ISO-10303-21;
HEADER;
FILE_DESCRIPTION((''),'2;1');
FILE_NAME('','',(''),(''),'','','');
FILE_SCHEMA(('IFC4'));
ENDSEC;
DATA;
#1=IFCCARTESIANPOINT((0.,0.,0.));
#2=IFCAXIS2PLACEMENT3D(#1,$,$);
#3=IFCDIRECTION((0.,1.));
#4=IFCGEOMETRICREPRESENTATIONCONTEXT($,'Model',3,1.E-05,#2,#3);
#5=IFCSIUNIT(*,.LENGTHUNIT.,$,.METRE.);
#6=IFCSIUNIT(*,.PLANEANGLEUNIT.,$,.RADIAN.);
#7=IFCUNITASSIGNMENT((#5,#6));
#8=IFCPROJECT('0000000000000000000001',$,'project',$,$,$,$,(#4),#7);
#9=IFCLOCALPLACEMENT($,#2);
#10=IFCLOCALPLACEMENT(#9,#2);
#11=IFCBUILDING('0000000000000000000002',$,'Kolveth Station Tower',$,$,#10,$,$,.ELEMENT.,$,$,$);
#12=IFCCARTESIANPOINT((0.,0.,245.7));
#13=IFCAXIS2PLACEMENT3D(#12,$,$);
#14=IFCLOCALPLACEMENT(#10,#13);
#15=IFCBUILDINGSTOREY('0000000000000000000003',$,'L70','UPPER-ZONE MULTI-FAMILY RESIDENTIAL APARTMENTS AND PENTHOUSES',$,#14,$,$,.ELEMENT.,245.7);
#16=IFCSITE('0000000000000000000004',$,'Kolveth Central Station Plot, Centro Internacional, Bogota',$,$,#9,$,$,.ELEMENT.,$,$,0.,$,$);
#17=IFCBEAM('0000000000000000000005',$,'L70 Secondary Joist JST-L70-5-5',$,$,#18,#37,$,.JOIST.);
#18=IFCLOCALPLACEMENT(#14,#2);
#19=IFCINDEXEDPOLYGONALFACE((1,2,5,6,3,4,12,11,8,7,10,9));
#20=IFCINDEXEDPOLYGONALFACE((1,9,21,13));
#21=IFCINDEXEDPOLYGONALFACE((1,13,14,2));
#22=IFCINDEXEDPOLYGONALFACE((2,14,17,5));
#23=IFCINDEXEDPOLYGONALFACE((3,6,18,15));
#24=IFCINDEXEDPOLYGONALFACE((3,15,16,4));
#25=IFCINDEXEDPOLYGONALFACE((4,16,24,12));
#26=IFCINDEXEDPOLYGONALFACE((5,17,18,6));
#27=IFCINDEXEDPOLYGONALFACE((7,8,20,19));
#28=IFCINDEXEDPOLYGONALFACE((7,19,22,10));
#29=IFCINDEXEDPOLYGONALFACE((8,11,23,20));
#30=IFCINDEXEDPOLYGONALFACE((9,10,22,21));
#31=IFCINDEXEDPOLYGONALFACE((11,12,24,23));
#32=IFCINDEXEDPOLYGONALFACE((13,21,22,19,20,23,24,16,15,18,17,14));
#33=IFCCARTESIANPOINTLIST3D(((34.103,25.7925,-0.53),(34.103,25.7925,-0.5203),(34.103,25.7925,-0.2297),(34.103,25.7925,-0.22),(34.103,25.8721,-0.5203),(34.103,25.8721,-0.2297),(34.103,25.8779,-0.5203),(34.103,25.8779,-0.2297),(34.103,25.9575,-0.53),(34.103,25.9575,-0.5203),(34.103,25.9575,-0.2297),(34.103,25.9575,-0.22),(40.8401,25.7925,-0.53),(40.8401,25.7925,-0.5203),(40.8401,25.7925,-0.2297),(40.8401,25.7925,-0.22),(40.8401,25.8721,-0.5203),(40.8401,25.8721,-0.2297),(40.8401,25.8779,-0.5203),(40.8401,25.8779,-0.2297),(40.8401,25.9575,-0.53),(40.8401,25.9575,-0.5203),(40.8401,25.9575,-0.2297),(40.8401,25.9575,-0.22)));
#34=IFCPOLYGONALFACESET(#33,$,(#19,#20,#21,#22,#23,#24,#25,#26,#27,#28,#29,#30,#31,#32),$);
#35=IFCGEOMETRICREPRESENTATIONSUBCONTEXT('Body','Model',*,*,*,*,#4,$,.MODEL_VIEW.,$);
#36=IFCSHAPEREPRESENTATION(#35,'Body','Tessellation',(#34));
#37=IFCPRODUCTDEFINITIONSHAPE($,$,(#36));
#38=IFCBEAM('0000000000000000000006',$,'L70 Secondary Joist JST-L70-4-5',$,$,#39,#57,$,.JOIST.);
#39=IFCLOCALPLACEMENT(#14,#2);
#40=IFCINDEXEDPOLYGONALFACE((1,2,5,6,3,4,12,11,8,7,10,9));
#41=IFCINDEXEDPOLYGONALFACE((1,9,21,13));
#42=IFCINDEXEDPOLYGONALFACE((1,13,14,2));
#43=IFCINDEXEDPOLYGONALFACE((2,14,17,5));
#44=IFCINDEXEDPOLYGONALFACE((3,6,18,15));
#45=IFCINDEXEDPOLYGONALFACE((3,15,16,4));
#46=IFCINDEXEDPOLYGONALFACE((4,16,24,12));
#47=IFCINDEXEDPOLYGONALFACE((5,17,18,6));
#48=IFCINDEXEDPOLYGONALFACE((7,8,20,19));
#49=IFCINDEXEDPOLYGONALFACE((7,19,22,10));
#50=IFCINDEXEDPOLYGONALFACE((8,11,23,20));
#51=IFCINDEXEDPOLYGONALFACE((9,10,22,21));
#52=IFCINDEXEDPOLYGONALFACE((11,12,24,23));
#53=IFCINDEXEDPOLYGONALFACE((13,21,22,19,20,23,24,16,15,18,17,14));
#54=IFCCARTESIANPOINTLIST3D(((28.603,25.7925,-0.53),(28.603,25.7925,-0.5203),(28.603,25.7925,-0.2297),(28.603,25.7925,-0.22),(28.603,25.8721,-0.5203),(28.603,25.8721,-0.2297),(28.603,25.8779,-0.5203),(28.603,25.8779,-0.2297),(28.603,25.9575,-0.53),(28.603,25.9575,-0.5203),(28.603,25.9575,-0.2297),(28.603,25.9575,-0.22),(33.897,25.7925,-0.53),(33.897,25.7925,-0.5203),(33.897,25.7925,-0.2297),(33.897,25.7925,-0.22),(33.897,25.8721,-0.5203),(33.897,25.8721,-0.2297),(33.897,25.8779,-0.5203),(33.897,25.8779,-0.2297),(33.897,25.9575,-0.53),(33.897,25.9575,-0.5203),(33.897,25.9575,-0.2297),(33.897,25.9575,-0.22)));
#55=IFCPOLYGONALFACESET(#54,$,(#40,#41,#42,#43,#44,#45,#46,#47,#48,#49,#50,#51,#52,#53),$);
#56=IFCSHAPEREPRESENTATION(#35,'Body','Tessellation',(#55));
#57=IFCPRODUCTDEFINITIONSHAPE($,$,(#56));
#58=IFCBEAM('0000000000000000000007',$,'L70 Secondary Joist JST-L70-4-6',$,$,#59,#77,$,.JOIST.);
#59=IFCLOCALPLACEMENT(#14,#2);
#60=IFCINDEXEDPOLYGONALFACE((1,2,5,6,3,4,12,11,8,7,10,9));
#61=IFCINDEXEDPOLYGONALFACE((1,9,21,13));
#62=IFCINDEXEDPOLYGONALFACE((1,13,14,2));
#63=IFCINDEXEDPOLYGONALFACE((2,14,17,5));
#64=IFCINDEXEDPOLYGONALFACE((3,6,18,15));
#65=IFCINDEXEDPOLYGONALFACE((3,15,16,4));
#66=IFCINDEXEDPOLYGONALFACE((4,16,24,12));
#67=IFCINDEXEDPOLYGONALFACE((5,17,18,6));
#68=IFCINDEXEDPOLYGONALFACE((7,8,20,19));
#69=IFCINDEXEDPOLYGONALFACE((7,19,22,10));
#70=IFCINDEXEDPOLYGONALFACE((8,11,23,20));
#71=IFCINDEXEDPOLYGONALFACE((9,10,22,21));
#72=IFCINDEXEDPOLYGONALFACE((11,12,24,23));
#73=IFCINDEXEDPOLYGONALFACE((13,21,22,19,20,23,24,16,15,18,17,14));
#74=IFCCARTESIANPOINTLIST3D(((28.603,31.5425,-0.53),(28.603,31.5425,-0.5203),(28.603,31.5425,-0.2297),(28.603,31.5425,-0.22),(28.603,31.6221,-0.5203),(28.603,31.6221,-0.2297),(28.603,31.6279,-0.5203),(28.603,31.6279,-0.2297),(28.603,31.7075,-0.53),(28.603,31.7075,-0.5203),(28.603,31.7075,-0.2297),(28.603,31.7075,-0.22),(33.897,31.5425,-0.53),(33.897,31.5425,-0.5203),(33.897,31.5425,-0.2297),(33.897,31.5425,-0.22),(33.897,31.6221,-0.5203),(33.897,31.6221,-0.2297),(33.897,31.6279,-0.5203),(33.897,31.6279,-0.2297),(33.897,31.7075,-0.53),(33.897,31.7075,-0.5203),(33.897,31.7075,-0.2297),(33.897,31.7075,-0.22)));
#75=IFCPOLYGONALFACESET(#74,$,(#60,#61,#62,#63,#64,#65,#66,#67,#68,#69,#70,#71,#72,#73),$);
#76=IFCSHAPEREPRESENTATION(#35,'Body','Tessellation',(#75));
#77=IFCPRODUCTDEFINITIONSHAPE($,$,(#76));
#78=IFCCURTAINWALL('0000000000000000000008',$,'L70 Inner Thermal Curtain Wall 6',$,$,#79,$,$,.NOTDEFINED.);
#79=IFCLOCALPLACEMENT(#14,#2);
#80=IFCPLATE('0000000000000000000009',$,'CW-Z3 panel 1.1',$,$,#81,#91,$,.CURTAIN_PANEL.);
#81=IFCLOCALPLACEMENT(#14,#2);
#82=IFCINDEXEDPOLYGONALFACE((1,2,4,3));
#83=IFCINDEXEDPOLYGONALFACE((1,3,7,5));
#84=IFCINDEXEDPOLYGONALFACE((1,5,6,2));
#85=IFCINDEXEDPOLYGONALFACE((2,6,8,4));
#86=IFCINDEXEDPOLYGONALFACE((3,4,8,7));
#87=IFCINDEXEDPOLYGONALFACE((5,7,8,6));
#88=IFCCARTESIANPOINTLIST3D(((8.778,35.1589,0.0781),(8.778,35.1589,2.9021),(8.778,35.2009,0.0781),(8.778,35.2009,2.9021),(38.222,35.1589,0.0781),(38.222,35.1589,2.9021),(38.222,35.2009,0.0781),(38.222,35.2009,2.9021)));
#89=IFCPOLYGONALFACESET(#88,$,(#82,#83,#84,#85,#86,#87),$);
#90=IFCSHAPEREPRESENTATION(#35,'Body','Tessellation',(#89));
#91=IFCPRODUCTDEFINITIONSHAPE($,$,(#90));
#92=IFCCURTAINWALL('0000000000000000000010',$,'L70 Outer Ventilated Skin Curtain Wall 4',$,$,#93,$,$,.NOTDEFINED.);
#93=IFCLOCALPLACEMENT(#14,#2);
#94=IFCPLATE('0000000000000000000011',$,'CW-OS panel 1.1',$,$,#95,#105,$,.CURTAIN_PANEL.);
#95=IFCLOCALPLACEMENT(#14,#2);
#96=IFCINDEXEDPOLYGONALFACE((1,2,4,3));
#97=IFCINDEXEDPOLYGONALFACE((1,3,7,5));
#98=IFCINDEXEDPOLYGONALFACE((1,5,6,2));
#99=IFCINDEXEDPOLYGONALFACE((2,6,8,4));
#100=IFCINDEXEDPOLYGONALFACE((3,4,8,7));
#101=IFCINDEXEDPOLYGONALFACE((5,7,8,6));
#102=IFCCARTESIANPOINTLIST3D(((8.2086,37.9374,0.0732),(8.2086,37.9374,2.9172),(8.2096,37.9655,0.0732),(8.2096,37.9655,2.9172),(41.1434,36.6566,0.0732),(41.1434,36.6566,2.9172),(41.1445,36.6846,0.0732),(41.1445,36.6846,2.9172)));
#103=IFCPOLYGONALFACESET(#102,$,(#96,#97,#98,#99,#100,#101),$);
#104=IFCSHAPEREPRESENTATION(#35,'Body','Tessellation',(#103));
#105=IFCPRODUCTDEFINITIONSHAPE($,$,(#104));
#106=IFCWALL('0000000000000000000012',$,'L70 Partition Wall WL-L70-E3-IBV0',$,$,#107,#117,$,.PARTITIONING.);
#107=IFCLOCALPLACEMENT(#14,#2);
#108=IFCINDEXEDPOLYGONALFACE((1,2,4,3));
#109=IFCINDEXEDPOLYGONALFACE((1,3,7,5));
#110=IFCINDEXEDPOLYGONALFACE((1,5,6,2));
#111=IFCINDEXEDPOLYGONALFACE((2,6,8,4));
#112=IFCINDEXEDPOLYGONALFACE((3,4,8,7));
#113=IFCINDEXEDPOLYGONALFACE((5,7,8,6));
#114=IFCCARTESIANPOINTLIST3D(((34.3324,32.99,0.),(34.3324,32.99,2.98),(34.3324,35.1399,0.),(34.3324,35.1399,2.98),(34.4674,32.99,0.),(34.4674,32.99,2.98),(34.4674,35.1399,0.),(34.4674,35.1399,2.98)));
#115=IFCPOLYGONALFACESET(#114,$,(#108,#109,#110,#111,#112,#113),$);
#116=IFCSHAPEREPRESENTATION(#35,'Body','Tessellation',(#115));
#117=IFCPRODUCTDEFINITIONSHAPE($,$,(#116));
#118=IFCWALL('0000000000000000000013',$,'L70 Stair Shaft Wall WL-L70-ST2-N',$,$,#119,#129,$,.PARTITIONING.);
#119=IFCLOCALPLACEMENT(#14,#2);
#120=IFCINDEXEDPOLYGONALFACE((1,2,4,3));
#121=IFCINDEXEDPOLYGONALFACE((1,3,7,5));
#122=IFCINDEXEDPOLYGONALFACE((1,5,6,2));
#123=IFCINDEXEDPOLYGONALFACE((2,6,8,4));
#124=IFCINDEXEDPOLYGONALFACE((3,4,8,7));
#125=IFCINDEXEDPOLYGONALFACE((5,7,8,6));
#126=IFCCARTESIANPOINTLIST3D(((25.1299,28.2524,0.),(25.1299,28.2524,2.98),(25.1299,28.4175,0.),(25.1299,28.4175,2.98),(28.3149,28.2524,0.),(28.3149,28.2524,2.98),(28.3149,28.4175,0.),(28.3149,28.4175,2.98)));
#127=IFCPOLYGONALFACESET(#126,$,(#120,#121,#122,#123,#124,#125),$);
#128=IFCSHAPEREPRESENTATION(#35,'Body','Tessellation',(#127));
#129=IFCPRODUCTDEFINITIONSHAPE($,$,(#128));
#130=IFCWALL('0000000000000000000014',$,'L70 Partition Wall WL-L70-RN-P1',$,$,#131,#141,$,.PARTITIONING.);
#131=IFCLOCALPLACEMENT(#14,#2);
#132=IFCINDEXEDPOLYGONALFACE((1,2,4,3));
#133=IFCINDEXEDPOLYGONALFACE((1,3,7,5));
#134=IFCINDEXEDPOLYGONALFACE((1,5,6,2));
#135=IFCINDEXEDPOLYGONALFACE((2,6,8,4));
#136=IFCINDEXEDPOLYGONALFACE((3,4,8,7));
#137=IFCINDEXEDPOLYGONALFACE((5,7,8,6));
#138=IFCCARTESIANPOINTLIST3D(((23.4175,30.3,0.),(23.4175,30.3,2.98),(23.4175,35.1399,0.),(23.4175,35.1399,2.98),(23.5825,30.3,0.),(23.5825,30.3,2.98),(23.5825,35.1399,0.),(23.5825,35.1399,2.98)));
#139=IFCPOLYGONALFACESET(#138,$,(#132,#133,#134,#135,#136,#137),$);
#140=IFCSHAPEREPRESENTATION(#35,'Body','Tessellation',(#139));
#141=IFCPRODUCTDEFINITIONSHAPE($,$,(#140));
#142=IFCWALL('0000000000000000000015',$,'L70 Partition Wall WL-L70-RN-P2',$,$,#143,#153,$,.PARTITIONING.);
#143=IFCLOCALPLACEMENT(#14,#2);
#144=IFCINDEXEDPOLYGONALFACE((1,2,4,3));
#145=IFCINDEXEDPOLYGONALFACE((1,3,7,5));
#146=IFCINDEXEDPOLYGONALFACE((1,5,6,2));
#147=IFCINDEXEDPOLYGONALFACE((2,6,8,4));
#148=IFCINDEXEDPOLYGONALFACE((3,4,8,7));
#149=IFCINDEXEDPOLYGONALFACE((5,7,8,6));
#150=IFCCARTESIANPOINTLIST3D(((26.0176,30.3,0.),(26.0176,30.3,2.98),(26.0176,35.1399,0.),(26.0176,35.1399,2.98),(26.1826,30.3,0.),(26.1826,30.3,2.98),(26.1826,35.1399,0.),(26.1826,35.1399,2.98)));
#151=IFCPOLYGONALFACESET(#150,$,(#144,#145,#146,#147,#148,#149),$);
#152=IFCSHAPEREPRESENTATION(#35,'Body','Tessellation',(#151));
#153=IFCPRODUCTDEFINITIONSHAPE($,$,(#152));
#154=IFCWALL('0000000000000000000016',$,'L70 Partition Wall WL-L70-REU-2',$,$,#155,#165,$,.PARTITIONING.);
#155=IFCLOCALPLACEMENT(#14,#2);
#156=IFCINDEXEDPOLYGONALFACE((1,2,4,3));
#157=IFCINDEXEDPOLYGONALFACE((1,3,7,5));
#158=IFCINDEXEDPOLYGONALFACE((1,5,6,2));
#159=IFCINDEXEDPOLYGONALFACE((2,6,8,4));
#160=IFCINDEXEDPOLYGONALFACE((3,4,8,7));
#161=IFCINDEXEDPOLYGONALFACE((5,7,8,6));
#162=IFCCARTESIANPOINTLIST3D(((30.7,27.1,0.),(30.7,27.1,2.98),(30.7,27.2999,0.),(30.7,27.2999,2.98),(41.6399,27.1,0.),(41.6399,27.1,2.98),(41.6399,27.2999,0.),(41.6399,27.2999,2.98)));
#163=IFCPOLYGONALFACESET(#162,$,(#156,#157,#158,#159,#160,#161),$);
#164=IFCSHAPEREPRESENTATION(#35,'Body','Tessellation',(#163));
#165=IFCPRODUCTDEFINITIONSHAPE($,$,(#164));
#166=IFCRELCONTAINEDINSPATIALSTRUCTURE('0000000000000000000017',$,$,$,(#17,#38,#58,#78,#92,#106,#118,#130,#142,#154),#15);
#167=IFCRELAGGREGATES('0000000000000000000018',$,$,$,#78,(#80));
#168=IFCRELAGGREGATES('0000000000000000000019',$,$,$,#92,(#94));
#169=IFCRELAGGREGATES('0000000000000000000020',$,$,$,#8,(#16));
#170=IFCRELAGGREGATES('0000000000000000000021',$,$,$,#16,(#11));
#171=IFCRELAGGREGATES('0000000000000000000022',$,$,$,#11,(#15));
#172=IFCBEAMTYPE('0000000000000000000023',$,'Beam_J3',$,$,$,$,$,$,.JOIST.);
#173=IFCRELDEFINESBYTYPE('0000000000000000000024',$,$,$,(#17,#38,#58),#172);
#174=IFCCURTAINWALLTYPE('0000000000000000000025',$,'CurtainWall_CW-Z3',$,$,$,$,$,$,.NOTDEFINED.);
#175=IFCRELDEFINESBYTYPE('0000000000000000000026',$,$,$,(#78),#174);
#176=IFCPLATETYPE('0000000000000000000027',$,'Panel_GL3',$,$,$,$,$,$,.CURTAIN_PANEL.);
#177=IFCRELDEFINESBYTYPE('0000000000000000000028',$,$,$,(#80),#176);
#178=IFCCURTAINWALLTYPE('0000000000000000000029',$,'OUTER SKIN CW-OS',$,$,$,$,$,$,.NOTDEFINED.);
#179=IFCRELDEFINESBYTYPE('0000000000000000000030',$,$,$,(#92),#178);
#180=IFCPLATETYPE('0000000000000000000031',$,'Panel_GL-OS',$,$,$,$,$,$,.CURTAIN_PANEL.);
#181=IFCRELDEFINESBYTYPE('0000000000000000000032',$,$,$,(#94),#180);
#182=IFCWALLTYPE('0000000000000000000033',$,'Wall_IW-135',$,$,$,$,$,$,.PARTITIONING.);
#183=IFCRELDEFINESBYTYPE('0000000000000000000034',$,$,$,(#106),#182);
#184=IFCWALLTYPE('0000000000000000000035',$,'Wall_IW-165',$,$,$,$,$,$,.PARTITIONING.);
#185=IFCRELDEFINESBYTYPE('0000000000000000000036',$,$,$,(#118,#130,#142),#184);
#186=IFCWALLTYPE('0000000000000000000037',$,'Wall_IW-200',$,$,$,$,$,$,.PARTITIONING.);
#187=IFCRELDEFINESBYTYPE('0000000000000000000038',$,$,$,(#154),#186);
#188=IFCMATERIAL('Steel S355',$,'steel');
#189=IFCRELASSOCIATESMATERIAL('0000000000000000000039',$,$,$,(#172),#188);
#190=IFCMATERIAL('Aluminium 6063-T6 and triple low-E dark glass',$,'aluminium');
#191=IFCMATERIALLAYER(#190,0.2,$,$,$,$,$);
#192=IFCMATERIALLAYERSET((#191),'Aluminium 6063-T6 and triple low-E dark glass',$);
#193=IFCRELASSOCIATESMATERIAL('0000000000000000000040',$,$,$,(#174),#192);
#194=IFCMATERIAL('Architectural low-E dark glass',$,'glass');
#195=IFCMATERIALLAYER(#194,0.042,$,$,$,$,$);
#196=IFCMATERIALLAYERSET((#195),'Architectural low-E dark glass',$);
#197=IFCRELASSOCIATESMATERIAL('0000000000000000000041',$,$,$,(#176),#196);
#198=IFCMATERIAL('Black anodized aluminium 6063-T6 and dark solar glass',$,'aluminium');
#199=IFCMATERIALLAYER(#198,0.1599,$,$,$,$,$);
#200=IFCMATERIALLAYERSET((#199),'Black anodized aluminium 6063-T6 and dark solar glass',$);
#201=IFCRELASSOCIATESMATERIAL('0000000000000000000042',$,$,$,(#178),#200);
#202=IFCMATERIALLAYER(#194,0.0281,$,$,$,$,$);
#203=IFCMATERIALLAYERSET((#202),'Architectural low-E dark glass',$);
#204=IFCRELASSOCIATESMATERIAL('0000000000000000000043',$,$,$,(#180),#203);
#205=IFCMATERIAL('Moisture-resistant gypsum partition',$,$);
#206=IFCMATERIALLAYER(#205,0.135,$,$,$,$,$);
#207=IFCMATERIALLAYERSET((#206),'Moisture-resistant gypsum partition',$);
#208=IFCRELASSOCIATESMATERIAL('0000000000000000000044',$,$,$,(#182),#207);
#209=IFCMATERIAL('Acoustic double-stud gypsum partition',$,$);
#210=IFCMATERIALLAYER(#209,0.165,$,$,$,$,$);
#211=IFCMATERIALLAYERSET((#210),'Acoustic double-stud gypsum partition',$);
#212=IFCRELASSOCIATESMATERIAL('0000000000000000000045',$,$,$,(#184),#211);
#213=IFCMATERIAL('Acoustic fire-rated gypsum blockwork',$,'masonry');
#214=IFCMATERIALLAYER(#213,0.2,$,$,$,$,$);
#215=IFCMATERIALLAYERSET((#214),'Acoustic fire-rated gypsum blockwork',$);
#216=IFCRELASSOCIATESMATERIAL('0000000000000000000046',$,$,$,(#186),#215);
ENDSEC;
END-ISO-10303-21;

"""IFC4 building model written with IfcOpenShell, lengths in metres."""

from ifc_helpers import new_model, si_unit, direction, frame, frame_2d, origin, origin_2d, place, context, subcontext, project, spatial, rectangle, i_section, extrude, source, transform, mapped, material, layer, layer_set, material_profile, profile_set, type_object, element, aggregate, save


model = new_model("IFC4")

# Units and contexts
model_context = context("Model", 3, precision=1e-05, world=origin(), true_north=direction((0.0, 1.0)))
body_context = subcontext(model_context, "Body", "Model", "MODEL_VIEW")
ifc_project = project(units=[si_unit("LENGTHUNIT", "METRE"), si_unit("PLANEANGLEUNIT", "RADIAN")], contexts=[model_context])

# Site, building, storey
site_placement = place(None, origin())
site = spatial("IfcSite", under=ifc_project, at=site_placement, Name="Kolveth Central Station Plot, Centro Internacional, Bogota", CompositionType="ELEMENT", RefElevation=0.0)
building_placement = place(site_placement, origin())
building = spatial("IfcBuilding", under=site, at=building_placement, Name="Kolveth Station Tower", CompositionType="ELEMENT")
storey_placement = place(building_placement, frame((0.0, 0.0, 245.7)))
storey = spatial("IfcBuildingStorey", under=building, at=storey_placement, Name="L70", Description="UPPER-ZONE MULTI-FAMILY RESIDENTIAL APARTMENTS AND PENTHOUSES", CompositionType="ELEMENT", Elevation=245.7)

# Shared definitions
ifc_material_1 = material(Name="Steel S355", Category="steel")

# Beams
ifc_material_profile_1 = material_profile(ifc_material_1, i_section(OverallWidth=0.165, OverallDepth=0.3101, WebThickness=0.0059, FlangeThickness=0.0098, at=origin_2d()), Name="W310x39")
ifc_profile_set_1 = profile_set([ifc_material_profile_1], Name="Steel S355")
beam_type_1 = type_object("IfcBeamType", Name="Beam_J3", PredefinedType="JOIST", material=ifc_profile_set_1)
shared_shape_1 = source(origin(), body_context, "Body", "SweptSolid", [
    extrude(i_section(OverallWidth=0.165, OverallDepth=0.3101, WebThickness=0.0059, FlangeThickness=0.0098, at=origin_2d()), origin(), (0.0, 0.0, 1.0), 6.7371),
])
beam_1_placement = place(storey_placement, frame((34.103, 25.875, -0.375), z_axis=(1.0, 0.0, 0.0), x_axis=(0.0, 1.0, 0.0)))
element("IfcBeam", 1, at=beam_1_placement, inside=storey, type_object=beam_type_1, Name="L70 Secondary Joist JST-L70-5-5", PredefinedType="JOIST", context=body_context, shape_type="MappedRepresentation", body=[
    mapped(shared_shape_1, transform((0.0, 0.0, 0.0), x_axis=(1.0, 0.0, 0.0), y_axis=(0.0, 1.0, 0.0), z_axis=(0.0, 0.0, 1.0), scale=1.0)),
])
shared_shape_2 = source(origin(), body_context, "Body", "SweptSolid", [
    extrude(i_section(OverallWidth=0.165, OverallDepth=0.3101, WebThickness=0.0059, FlangeThickness=0.0098, at=origin_2d()), origin(), (0.0, 0.0, 1.0), 5.2939),
])
for number, where, z_axis, x_axis, name in (
    (2, (28.603, 25.875, -0.375), (1.0, 0.0, 0.0), (0.0, 1.0, 0.0), "L70 Secondary Joist JST-L70-4-5"),
    (3, (28.603, 31.625, -0.375), (1.0, 0.0, 0.0), (0.0, 1.0, 0.0), "L70 Secondary Joist JST-L70-4-6"),
):
    element("IfcBeam", number, at=place(storey_placement, frame(where, z_axis=z_axis, x_axis=x_axis)), inside=storey, type_object=beam_type_1, Name=name, PredefinedType="JOIST", context=body_context, shape_type="MappedRepresentation", body=[
        mapped(shared_shape_2, transform((0.0, 0.0, 0.0), x_axis=(1.0, 0.0, 0.0), y_axis=(0.0, 1.0, 0.0), z_axis=(0.0, 0.0, 1.0), scale=1.0)),
    ])

# Curtain walls, plates
ifc_material_2 = material(Name="Aluminium 6063-T6 and triple low-E dark glass", Category="aluminium")
ifc_layer_1 = layer(ifc_material_2, 0.2)
ifc_layer_set_1 = layer_set([ifc_layer_1], Name="Aluminium 6063-T6 and triple low-E dark glass")
curtain_wall_type_1 = type_object("IfcCurtainWallType", Name="CurtainWall_CW-Z3", PredefinedType="NOTDEFINED", material=ifc_layer_set_1)
curtain_wall_1_placement = place(storey_placement, origin())
curtain_wall_1 = element("IfcCurtainWall", 4, at=curtain_wall_1_placement, inside=storey, type_object=curtain_wall_type_1, Name="L70 Inner Thermal Curtain Wall 6", PredefinedType="NOTDEFINED")
ifc_material_3 = material(Name="Architectural low-E dark glass", Category="glass")
ifc_layer_2 = layer(ifc_material_3, 0.042)
ifc_layer_set_2 = layer_set([ifc_layer_2], Name="Architectural low-E dark glass")
plate_type_1 = type_object("IfcPlateType", Name="Panel_GL3", PredefinedType="CURTAIN_PANEL", material=ifc_layer_set_2)
shared_shape_3 = source(origin(), body_context, "Body", "SweptSolid", [
    extrude(rectangle(XDim=29.4441, YDim=0.042, at=origin_2d()), origin(), (0.0, 0.0, 1.0), 2.824),
])
plate_1_placement = place(storey_placement, frame((23.5, 35.1799, 0.0781), z_axis=(0.0, 0.0, 1.0), x_axis=(-1.0, 0.0, 0.0)))
plate_1 = element("IfcPlate", 5, at=plate_1_placement, type_object=plate_type_1, Name="CW-Z3 panel 1.1", PredefinedType="CURTAIN_PANEL", context=body_context, shape_type="MappedRepresentation", body=[
    mapped(shared_shape_3, transform((0.0, 0.0, 0.0), x_axis=(1.0, 0.0, 0.0), y_axis=(0.0, 1.0, 0.0), z_axis=(0.0, 0.0, 1.0), scale=1.0)),
])
aggregate(curtain_wall_1, [plate_1])
ifc_material_4 = material(Name="Black anodized aluminium 6063-T6 and dark solar glass", Category="aluminium")
ifc_layer_3 = layer(ifc_material_4, 0.1599)
ifc_layer_set_3 = layer_set([ifc_layer_3], Name="Black anodized aluminium 6063-T6 and dark solar glass")
curtain_wall_type_2 = type_object("IfcCurtainWallType", Name="OUTER SKIN CW-OS", PredefinedType="NOTDEFINED", material=ifc_layer_set_3)
curtain_wall_2_placement = place(storey_placement, origin())
curtain_wall_2 = element("IfcCurtainWall", 6, at=curtain_wall_2_placement, inside=storey, type_object=curtain_wall_type_2, Name="L70 Outer Ventilated Skin Curtain Wall 4", PredefinedType="NOTDEFINED")
ifc_layer_4 = layer(ifc_material_3, 0.0281)
ifc_layer_set_4 = layer_set([ifc_layer_4], Name="Architectural low-E dark glass")
plate_type_2 = type_object("IfcPlateType", Name="Panel_GL-OS", PredefinedType="CURTAIN_PANEL", material=ifc_layer_set_4)
shared_shape_4 = source(origin(), body_context, "Body", "SweptSolid", [
    extrude(rectangle(XDim=32.9597, YDim=0.0281, at=origin_2d()), origin(), (0.0, 0.0, 1.0), 2.844),
])
plate_2_placement = place(storey_placement, frame((24.6765, 37.311, 0.0732), z_axis=(0.0, 0.0, 1.0), x_axis=(-0.999245, 0.038861, 0.0)))
plate_2 = element("IfcPlate", 7, at=plate_2_placement, type_object=plate_type_2, Name="CW-OS panel 1.1", PredefinedType="CURTAIN_PANEL", context=body_context, shape_type="MappedRepresentation", body=[
    mapped(shared_shape_4, transform((0.0, 0.0, 0.0), x_axis=(1.0, 0.0, 0.0), y_axis=(0.0, 1.0, 0.0), z_axis=(0.0, 0.0, 1.0), scale=1.0)),
])
aggregate(curtain_wall_2, [plate_2])

# Shared definitions
ifc_material_5 = material(Name="Moisture-resistant gypsum partition")
ifc_layer_5 = layer(ifc_material_5, 0.135)
ifc_layer_set_5 = layer_set([ifc_layer_5], Name="Moisture-resistant gypsum partition")
wall_type_1 = type_object("IfcWallType", Name="Wall_IW-135", PredefinedType="PARTITIONING", material=ifc_layer_set_5)

# Walls
wall_1_placement = place(storey_placement, frame((34.3999, 32.99, 0.0), z_axis=(0.0, 0.0, 1.0), x_axis=(0.0, 1.0, 0.0)))
element("IfcWall", 8, at=wall_1_placement, inside=storey, type_object=wall_type_1, Name="L70 Partition Wall WL-L70-E3-IBV0", PredefinedType="PARTITIONING", context=body_context, shape_type="SweptSolid", body=[
    extrude(rectangle(XDim=2.1499, YDim=0.135, at=frame_2d((1.075, 0.0))), origin(), (0.0, 0.0, 1.0), 2.98),
])
ifc_material_6 = material(Name="Acoustic double-stud gypsum partition")
ifc_layer_6 = layer(ifc_material_6, 0.165)
ifc_layer_set_6 = layer_set([ifc_layer_6], Name="Acoustic double-stud gypsum partition")
wall_type_2 = type_object("IfcWallType", Name="Wall_IW-165", PredefinedType="PARTITIONING", material=ifc_layer_set_6)
wall_2_placement = place(storey_placement, frame((25.1299, 28.335, 0.0), z_axis=(0.0, 0.0, 1.0), x_axis=(1.0, 0.0, 0.0)))
element("IfcWall", 9, at=wall_2_placement, inside=storey, type_object=wall_type_2, Name="L70 Stair Shaft Wall WL-L70-ST2-N", PredefinedType="PARTITIONING", context=body_context, shape_type="SweptSolid", body=[
    extrude(rectangle(XDim=3.1851, YDim=0.165, at=frame_2d((1.5925, 0.0))), origin(), (0.0, 0.0, 1.0), 2.98),
])
for number, where, z_axis, x_axis, name in (
    (10, (23.5, 30.3, 0.0), (0.0, 0.0, 1.0), (0.0, 1.0, 0.0), "L70 Partition Wall WL-L70-RN-P1"),
    (11, (26.1001, 30.3, 0.0), (0.0, 0.0, 1.0), (0.0, 1.0, 0.0), "L70 Partition Wall WL-L70-RN-P2"),
):
    element("IfcWall", number, at=place(storey_placement, frame(where, z_axis=z_axis, x_axis=x_axis)), inside=storey, type_object=wall_type_2, Name=name, PredefinedType="PARTITIONING", context=body_context, shape_type="SweptSolid", body=[
        extrude(rectangle(XDim=4.8398, YDim=0.165, at=frame_2d((2.4199, 0.0))), origin(), (0.0, 0.0, 1.0), 2.98),
    ])
ifc_material_7 = material(Name="Acoustic fire-rated gypsum blockwork", Category="masonry")
ifc_layer_7 = layer(ifc_material_7, 0.2)
ifc_layer_set_7 = layer_set([ifc_layer_7], Name="Acoustic fire-rated gypsum blockwork")
wall_type_3 = type_object("IfcWallType", Name="Wall_IW-200", PredefinedType="PARTITIONING", material=ifc_layer_set_7)
wall_3_placement = place(storey_placement, frame((30.7, 27.2, 0.0), z_axis=(0.0, 0.0, 1.0), x_axis=(1.0, 0.0, 0.0)))
element("IfcWall", 12, at=wall_3_placement, inside=storey, type_object=wall_type_3, Name="L70 Partition Wall WL-L70-REU-2", PredefinedType="PARTITIONING", context=body_context, shape_type="SweptSolid", body=[
    extrude(rectangle(XDim=10.9399, YDim=0.2, at=frame_2d((5.47, 0.0))), origin(), (0.0, 0.0, 1.0), 2.98),
])

save(model, "model.ifc")
